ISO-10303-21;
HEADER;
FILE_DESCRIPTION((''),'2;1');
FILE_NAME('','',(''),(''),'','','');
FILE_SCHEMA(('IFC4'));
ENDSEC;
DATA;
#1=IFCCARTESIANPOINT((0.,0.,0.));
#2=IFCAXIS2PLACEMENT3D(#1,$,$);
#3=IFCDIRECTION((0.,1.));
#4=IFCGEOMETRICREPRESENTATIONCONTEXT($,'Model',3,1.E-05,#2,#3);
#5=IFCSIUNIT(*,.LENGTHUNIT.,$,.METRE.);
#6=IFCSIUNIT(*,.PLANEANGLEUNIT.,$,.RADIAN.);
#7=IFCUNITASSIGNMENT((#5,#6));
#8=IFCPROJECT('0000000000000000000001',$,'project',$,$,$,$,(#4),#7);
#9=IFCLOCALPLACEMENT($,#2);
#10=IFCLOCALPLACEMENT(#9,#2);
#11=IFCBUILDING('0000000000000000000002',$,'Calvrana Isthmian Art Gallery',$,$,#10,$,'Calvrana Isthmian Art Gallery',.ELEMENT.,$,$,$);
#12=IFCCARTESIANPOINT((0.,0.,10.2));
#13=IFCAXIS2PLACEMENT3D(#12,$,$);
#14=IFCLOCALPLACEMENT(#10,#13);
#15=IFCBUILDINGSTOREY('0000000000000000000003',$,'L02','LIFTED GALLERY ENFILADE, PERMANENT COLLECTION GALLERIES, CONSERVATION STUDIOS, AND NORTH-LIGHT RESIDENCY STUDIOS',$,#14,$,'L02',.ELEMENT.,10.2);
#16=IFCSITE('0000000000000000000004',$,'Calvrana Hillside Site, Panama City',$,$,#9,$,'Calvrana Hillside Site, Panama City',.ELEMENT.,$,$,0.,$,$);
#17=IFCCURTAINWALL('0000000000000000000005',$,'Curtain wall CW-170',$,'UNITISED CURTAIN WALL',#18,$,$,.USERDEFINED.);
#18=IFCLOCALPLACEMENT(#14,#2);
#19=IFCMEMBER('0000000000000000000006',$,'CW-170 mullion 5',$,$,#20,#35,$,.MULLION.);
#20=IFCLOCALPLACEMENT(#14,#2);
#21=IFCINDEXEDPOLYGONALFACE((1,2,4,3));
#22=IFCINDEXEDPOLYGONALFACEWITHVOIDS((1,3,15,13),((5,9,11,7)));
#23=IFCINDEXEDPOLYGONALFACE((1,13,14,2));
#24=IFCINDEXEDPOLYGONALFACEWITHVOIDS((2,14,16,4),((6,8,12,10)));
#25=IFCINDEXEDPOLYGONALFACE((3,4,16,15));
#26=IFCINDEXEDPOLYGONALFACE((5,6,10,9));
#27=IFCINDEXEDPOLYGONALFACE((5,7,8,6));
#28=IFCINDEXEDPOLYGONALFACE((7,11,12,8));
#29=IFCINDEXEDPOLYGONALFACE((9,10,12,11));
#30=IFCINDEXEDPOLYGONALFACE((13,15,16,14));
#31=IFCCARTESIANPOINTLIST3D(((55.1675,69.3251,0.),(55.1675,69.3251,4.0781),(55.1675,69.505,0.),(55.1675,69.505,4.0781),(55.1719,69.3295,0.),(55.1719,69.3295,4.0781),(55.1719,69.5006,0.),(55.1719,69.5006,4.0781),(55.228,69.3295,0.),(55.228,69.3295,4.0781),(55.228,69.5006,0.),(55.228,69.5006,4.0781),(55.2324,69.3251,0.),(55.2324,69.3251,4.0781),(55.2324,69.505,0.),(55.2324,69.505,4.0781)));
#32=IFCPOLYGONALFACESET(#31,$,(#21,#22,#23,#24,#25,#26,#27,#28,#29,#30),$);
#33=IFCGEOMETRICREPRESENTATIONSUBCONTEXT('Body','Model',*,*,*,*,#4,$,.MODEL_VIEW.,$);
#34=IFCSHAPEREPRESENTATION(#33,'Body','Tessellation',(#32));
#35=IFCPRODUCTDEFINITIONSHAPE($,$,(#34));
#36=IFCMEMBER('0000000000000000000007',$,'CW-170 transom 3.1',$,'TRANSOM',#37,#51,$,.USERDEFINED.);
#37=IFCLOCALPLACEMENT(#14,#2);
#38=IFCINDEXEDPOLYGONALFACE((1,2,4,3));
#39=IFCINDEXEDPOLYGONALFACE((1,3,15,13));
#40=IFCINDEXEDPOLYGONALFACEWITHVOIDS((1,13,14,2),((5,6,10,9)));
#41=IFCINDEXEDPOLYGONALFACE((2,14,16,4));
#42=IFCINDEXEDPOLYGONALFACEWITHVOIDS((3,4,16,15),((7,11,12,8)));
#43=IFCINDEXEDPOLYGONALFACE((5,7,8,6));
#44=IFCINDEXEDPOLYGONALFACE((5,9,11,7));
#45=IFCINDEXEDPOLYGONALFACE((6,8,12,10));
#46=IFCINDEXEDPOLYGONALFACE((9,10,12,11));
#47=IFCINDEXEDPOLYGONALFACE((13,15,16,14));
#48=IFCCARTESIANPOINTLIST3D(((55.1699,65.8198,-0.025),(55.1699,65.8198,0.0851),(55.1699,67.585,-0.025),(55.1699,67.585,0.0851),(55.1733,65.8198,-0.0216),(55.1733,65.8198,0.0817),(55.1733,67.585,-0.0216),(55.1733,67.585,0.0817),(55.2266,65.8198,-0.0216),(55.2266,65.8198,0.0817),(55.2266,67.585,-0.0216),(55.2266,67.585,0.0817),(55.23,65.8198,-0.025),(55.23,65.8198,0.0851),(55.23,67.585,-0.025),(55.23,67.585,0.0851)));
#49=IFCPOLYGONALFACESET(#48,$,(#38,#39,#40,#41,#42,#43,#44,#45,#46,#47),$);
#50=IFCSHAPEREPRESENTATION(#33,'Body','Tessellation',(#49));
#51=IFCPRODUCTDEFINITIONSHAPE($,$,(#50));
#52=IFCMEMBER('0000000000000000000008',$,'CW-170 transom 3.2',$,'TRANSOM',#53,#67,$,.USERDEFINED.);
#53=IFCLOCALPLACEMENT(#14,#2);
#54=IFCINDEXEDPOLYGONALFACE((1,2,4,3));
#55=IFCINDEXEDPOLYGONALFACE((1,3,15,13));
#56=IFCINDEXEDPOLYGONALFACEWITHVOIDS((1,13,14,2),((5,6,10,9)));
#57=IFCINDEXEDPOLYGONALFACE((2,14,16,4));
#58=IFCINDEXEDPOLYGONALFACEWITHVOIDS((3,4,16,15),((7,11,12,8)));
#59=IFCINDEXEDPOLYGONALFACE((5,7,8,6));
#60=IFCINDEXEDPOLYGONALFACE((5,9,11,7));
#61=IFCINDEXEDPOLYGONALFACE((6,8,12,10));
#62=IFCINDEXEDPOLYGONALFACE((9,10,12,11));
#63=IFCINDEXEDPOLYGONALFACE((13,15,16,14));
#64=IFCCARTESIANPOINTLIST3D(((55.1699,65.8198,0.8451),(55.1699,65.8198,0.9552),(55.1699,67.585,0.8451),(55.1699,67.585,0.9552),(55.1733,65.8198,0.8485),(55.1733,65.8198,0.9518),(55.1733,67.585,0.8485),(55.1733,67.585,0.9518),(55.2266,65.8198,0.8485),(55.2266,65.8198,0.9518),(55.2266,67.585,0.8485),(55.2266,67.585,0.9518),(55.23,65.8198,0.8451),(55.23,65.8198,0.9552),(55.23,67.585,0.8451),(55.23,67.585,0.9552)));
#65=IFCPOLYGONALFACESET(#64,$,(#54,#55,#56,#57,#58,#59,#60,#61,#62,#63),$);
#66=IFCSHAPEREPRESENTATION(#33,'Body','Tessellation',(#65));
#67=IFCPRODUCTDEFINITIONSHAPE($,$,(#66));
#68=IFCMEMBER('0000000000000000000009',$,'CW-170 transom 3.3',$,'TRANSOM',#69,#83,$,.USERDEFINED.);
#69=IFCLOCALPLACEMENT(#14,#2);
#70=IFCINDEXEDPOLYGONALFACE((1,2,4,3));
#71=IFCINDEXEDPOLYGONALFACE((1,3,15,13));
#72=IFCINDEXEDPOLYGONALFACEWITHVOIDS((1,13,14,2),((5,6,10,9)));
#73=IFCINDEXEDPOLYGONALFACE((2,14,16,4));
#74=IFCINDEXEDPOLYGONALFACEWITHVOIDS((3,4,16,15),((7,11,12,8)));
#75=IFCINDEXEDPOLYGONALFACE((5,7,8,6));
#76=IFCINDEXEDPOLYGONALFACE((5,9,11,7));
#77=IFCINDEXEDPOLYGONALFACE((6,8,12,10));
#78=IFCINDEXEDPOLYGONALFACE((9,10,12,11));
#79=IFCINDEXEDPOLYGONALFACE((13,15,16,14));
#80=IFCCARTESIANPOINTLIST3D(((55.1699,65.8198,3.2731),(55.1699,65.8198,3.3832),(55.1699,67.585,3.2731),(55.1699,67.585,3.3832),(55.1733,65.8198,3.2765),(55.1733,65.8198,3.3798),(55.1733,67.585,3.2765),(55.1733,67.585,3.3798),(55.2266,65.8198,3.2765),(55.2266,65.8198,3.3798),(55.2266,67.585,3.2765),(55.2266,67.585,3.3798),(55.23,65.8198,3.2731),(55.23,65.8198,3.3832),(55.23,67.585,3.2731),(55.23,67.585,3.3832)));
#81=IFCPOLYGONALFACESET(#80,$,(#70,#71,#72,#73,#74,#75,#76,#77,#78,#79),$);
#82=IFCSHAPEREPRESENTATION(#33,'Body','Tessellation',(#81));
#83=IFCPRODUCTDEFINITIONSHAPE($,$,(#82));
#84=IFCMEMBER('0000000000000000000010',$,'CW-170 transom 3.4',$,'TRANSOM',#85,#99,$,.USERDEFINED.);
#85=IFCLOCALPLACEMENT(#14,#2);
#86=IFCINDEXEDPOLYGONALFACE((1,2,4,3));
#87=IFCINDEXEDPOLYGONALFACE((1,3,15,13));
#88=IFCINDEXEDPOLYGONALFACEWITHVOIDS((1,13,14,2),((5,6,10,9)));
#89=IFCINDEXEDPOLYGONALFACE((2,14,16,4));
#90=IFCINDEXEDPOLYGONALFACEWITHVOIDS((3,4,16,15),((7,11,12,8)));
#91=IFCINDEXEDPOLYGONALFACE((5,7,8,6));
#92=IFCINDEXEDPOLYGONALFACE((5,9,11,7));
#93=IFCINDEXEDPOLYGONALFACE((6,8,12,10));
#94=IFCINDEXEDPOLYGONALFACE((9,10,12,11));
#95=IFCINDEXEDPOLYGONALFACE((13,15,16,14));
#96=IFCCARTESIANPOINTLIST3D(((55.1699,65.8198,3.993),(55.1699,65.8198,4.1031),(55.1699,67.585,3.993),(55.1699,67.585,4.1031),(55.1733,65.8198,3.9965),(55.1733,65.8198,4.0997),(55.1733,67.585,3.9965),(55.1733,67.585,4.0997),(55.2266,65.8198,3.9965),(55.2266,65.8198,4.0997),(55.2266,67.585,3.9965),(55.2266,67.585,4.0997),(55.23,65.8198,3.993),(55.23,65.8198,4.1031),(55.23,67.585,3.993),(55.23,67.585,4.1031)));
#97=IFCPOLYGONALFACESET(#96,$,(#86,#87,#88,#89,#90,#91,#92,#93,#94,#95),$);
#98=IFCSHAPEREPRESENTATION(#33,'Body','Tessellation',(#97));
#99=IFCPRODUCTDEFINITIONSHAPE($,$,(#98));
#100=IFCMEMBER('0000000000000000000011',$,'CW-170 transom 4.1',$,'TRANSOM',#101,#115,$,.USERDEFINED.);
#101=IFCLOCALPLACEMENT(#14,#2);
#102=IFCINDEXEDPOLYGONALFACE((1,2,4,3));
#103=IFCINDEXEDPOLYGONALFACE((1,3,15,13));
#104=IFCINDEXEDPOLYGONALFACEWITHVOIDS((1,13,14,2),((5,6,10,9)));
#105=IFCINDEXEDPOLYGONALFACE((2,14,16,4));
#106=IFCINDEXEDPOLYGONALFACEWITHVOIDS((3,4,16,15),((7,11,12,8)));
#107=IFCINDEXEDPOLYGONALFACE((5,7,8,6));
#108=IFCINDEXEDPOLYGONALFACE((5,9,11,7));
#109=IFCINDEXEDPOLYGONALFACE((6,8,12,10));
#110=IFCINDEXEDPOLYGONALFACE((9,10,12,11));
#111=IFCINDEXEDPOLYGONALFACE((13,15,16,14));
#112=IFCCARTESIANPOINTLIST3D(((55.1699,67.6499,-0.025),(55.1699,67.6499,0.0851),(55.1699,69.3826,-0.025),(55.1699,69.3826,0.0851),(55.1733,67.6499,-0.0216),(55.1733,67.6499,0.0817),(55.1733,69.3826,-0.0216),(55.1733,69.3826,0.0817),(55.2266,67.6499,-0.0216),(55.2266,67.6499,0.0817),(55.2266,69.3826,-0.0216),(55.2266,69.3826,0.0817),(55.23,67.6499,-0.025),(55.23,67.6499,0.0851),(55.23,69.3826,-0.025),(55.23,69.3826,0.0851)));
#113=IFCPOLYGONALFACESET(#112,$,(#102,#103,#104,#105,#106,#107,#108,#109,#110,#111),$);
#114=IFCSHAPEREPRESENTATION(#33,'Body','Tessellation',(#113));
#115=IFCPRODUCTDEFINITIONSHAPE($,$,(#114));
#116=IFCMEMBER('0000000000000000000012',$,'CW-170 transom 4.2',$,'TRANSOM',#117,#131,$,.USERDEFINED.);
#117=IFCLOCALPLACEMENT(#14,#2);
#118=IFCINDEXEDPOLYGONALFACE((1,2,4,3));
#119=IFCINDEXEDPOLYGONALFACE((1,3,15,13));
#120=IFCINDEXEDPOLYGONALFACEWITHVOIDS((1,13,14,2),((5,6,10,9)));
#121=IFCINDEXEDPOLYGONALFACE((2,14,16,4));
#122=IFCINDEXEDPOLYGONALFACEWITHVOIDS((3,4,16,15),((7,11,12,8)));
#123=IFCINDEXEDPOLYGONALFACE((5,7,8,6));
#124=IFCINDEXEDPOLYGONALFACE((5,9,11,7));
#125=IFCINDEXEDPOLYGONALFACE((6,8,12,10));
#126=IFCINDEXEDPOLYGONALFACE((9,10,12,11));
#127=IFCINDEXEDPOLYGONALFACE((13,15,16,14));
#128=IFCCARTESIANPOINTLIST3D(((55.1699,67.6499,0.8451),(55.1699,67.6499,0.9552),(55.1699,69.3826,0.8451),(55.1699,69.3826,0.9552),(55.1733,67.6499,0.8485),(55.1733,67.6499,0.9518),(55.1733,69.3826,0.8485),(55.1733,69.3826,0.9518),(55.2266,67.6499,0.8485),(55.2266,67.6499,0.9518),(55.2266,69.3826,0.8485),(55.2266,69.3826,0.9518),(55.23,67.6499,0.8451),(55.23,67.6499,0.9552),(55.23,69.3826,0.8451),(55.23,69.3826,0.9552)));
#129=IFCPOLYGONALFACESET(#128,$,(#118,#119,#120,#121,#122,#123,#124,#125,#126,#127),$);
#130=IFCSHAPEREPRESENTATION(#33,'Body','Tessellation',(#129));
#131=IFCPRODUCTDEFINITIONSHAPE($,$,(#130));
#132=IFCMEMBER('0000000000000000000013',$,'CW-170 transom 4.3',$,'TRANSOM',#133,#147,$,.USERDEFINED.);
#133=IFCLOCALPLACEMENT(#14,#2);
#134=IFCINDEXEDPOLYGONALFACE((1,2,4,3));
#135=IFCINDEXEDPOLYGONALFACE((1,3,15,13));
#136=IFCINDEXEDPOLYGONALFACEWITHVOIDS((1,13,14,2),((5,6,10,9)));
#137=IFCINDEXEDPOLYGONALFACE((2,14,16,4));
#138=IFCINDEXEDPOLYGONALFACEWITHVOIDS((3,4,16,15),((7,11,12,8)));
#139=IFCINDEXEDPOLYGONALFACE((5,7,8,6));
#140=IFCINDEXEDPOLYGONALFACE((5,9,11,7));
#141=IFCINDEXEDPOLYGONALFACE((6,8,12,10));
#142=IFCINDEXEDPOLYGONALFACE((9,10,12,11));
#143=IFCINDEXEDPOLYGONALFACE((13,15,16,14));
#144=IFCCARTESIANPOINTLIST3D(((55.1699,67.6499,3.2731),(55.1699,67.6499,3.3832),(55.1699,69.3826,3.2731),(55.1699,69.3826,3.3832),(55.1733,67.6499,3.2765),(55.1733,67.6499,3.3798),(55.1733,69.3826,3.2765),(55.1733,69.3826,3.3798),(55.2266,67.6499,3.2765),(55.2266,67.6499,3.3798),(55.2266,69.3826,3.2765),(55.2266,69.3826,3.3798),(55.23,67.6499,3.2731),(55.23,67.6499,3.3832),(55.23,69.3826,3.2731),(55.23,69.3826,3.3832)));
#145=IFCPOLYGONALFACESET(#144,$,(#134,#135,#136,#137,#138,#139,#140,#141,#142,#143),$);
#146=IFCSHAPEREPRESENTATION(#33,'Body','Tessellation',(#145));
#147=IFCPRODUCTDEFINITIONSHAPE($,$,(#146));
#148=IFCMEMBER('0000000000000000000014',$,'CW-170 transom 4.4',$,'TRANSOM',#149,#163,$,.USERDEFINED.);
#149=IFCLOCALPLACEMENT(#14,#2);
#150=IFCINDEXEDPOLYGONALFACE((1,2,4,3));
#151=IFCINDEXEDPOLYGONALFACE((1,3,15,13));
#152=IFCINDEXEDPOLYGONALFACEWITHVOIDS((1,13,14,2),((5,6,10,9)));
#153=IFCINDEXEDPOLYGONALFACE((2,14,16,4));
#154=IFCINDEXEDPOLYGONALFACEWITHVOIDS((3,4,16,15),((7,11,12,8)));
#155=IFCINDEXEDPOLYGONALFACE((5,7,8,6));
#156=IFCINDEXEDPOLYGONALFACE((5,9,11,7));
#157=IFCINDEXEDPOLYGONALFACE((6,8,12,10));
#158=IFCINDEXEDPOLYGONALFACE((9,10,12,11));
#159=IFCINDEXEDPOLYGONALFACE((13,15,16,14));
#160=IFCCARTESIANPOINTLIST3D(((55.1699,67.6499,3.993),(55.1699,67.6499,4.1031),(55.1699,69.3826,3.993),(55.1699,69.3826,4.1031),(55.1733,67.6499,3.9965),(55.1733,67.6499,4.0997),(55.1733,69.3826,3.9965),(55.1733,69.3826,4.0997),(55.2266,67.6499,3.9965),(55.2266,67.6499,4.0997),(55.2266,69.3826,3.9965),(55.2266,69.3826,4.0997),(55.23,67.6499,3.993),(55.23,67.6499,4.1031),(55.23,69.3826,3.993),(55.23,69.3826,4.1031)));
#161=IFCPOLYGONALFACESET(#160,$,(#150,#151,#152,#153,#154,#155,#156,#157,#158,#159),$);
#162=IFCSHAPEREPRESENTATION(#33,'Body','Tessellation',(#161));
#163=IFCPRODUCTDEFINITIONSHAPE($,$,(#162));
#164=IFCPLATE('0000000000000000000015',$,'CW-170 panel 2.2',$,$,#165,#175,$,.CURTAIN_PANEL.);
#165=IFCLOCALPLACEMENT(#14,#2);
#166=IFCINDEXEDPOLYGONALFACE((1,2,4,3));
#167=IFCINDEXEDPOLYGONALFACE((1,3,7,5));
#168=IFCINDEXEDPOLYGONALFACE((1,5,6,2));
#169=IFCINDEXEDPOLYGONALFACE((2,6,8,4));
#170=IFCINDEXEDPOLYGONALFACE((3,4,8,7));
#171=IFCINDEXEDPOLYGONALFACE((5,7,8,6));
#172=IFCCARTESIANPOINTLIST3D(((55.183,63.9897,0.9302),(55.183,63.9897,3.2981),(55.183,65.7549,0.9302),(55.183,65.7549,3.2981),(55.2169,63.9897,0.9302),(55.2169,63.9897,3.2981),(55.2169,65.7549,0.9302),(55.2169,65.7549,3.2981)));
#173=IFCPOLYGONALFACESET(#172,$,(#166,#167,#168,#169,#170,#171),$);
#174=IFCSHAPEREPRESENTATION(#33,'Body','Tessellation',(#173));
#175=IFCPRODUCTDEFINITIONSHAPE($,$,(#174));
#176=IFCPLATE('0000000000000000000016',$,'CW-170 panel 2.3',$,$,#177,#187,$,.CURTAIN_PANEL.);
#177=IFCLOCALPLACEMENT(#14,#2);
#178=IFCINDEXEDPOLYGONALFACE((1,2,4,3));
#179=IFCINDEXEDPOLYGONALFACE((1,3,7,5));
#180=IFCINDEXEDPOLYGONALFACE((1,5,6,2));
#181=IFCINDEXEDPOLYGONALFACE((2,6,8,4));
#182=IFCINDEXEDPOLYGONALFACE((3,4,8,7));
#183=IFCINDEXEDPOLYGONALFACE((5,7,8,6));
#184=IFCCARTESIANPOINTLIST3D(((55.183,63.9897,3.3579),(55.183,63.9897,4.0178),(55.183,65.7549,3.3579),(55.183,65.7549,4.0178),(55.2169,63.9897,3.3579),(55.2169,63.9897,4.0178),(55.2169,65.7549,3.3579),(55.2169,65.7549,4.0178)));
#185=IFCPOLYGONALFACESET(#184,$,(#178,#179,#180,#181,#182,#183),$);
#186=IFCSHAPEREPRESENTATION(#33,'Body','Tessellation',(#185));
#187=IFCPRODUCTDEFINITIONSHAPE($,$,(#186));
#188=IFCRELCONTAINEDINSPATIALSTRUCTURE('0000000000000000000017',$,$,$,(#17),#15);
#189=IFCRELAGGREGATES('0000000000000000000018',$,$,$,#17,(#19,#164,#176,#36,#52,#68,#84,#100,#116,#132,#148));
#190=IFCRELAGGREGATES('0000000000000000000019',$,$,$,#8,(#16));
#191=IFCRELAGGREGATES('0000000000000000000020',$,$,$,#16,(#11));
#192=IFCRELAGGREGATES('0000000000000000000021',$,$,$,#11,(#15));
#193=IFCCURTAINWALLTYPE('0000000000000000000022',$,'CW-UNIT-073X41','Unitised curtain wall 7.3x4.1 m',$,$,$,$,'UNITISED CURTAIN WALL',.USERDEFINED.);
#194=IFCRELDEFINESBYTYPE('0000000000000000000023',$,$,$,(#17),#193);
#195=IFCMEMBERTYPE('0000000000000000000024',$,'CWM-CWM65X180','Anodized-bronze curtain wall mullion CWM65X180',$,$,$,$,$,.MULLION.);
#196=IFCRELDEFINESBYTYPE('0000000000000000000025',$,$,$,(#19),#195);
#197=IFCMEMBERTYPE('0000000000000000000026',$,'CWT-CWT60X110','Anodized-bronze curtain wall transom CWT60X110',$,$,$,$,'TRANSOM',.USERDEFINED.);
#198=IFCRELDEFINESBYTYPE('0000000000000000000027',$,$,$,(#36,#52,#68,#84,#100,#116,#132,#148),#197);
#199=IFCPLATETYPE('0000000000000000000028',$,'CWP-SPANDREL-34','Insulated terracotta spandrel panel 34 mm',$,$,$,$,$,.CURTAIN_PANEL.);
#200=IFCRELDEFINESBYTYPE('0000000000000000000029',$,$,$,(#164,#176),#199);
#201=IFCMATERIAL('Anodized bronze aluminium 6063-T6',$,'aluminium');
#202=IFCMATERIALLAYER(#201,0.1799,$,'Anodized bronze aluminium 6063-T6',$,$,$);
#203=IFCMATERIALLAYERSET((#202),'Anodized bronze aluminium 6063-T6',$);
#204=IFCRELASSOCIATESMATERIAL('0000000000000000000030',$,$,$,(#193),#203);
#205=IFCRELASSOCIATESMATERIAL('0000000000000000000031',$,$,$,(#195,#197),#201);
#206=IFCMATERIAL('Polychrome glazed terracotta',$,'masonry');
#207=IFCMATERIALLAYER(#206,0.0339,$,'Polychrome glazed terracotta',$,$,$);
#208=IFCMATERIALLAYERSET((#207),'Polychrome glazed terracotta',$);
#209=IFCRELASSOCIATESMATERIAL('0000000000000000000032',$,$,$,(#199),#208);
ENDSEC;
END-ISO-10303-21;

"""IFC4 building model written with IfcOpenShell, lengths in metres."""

from ifc_helpers import new_model, si_unit, direction, frame, origin, origin_2d, place, context, subcontext, project, spatial, rectangle, hollow_rectangle, extrude, material, layer, layer_set, material_profile, profile_set, type_object, element, aggregate, save


model = new_model("IFC4")

# Units and contexts
model_context = context("Model", 3, precision=1e-05, world=origin(), true_north=direction((0.0, 1.0)))
body_context = subcontext(model_context, "Body", "Model", "MODEL_VIEW")
ifc_project = project(units=[si_unit("LENGTHUNIT", "METRE"), si_unit("PLANEANGLEUNIT", "RADIAN")], contexts=[model_context])

# Site, building, storey
site_placement = place(None, origin())
site = spatial("IfcSite", under=ifc_project, at=site_placement, Name="Calvrana Hillside Site, Panama City", LongName="Calvrana Hillside Site, Panama City", CompositionType="ELEMENT", RefElevation=0.0)
building_placement = place(site_placement, origin())
building = spatial("IfcBuilding", under=site, at=building_placement, Name="Calvrana Isthmian Art Gallery", LongName="Calvrana Isthmian Art Gallery", CompositionType="ELEMENT")
storey_placement = place(building_placement, frame((0.0, 0.0, 10.2)))
storey = spatial("IfcBuildingStorey", under=building, at=storey_placement, Name="L02", Description="LIFTED GALLERY ENFILADE, PERMANENT COLLECTION GALLERIES, CONSERVATION STUDIOS, AND NORTH-LIGHT RESIDENCY STUDIOS", LongName="L02", CompositionType="ELEMENT", Elevation=10.2)

# Curtain wall, members, plates
ifc_material_1 = material(Name="Anodized bronze aluminium 6063-T6", Category="aluminium")
ifc_layer_1 = layer(ifc_material_1, 0.1799, Name="Anodized bronze aluminium 6063-T6")
ifc_layer_set_1 = layer_set([ifc_layer_1], Name="Anodized bronze aluminium 6063-T6")
curtain_wall_type = type_object("IfcCurtainWallType", Name="CW-UNIT-073X41", Description="Unitised curtain wall 7.3x4.1 m", ElementType="UNITISED CURTAIN WALL", PredefinedType="USERDEFINED", material=ifc_layer_set_1)
curtain_wall_placement = place(storey_placement, origin())
curtain_wall = element("IfcCurtainWall", 1, at=curtain_wall_placement, inside=storey, type_object=curtain_wall_type, Name="Curtain wall CW-170", ObjectType="UNITISED CURTAIN WALL", PredefinedType="USERDEFINED")
ifc_material_profile_1 = material_profile(ifc_material_1, hollow_rectangle(XDim=0.0649, YDim=0.1799, WallThickness=0.0044, at=origin_2d()), Name="CWM65X180")
ifc_profile_set_1 = profile_set([ifc_material_profile_1], Name="Anodized bronze aluminium 6063-T6")
member_type_1 = type_object("IfcMemberType", Name="CWM-CWM65X180", Description="Anodized-bronze curtain wall mullion CWM65X180", PredefinedType="MULLION", material=ifc_profile_set_1)
member_1_placement = place(storey_placement, frame((55.2, 69.415, 0.0), z_axis=(0.0, 0.0, 1.0), x_axis=(-1.0, 0.0, 0.0)))
member_1 = element("IfcMember", 2, at=member_1_placement, type_object=member_type_1, Name="CW-170 mullion 5", PredefinedType="MULLION", context=body_context, shape_type="SweptSolid", body=[
    extrude(hollow_rectangle(XDim=0.0649, YDim=0.1799, WallThickness=0.0044, at=origin_2d()), origin(), (0.0, 0.0, 1.0), 4.0781),
])
ifc_material_profile_2 = material_profile(ifc_material_1, hollow_rectangle(XDim=0.0601, YDim=0.1101, WallThickness=0.0034, at=origin_2d()), Name="CWT60X110")
ifc_profile_set_2 = profile_set([ifc_material_profile_2], Name="Anodized bronze aluminium 6063-T6")
member_type_2 = type_object("IfcMemberType", Name="CWT-CWT60X110", Description="Anodized-bronze curtain wall transom CWT60X110", ElementType="TRANSOM", PredefinedType="USERDEFINED", material=ifc_profile_set_2)
member_2_placement = place(storey_placement, frame((55.2, 65.8198, 0.03), z_axis=(0.0, 1.0, 0.0), x_axis=(-1.0, 0.0, 0.0)))
member_2 = element("IfcMember", 3, at=member_2_placement, type_object=member_type_2, Name="CW-170 transom 3.1", ObjectType="TRANSOM", PredefinedType="USERDEFINED", context=body_context, shape_type="SweptSolid", body=[
    extrude(hollow_rectangle(XDim=0.0601, YDim=0.1101, WallThickness=0.0034, at=origin_2d()), origin(), (0.0, 0.0, 1.0), 1.7651),
])
member_3_placement = place(storey_placement, frame((55.2, 65.8198, 0.9001), z_axis=(0.0, 1.0, 0.0), x_axis=(-1.0, 0.0, 0.0)))
member_3 = element("IfcMember", 4, at=member_3_placement, type_object=member_type_2, Name="CW-170 transom 3.2", ObjectType="TRANSOM", PredefinedType="USERDEFINED", context=body_context, shape_type="SweptSolid", body=[
    extrude(hollow_rectangle(XDim=0.0601, YDim=0.1101, WallThickness=0.0034, at=origin_2d()), origin(), (0.0, 0.0, 1.0), 1.7651),
])
member_4_placement = place(storey_placement, frame((55.2, 65.8198, 3.3281), z_axis=(0.0, 1.0, 0.0), x_axis=(-1.0, 0.0, 0.0)))
member_4 = element("IfcMember", 5, at=member_4_placement, type_object=member_type_2, Name="CW-170 transom 3.3", ObjectType="TRANSOM", PredefinedType="USERDEFINED", context=body_context, shape_type="SweptSolid", body=[
    extrude(hollow_rectangle(XDim=0.0601, YDim=0.1101, WallThickness=0.0034, at=origin_2d()), origin(), (0.0, 0.0, 1.0), 1.7651),
])
member_5_placement = place(storey_placement, frame((55.2, 65.8198, 4.0481), z_axis=(0.0, 1.0, 0.0), x_axis=(-1.0, 0.0, 0.0)))
member_5 = element("IfcMember", 6, at=member_5_placement, type_object=member_type_2, Name="CW-170 transom 3.4", ObjectType="TRANSOM", PredefinedType="USERDEFINED", context=body_context, shape_type="SweptSolid", body=[
    extrude(hollow_rectangle(XDim=0.0601, YDim=0.1101, WallThickness=0.0034, at=origin_2d()), origin(), (0.0, 0.0, 1.0), 1.7651),
])
member_6_placement = place(storey_placement, frame((55.2, 67.6499, 0.03), z_axis=(0.0, 1.0, 0.0), x_axis=(-1.0, 0.0, 0.0)))
member_6 = element("IfcMember", 7, at=member_6_placement, type_object=member_type_2, Name="CW-170 transom 4.1", ObjectType="TRANSOM", PredefinedType="USERDEFINED", context=body_context, shape_type="SweptSolid", body=[
    extrude(hollow_rectangle(XDim=0.0601, YDim=0.1101, WallThickness=0.0034, at=origin_2d()), origin(), (0.0, 0.0, 1.0), 1.7327),
])
member_7_placement = place(storey_placement, frame((55.2, 67.6499, 0.9001), z_axis=(0.0, 1.0, 0.0), x_axis=(-1.0, 0.0, 0.0)))
member_7 = element("IfcMember", 8, at=member_7_placement, type_object=member_type_2, Name="CW-170 transom 4.2", ObjectType="TRANSOM", PredefinedType="USERDEFINED", context=body_context, shape_type="SweptSolid", body=[
    extrude(hollow_rectangle(XDim=0.0601, YDim=0.1101, WallThickness=0.0034, at=origin_2d()), origin(), (0.0, 0.0, 1.0), 1.7327),
])
member_8_placement = place(storey_placement, frame((55.2, 67.6499, 3.3281), z_axis=(0.0, 1.0, 0.0), x_axis=(-1.0, 0.0, 0.0)))
member_8 = element("IfcMember", 9, at=member_8_placement, type_object=member_type_2, Name="CW-170 transom 4.3", ObjectType="TRANSOM", PredefinedType="USERDEFINED", context=body_context, shape_type="SweptSolid", body=[
    extrude(hollow_rectangle(XDim=0.0601, YDim=0.1101, WallThickness=0.0034, at=origin_2d()), origin(), (0.0, 0.0, 1.0), 1.7327),
])
member_9_placement = place(storey_placement, frame((55.2, 67.6499, 4.0481), z_axis=(0.0, 1.0, 0.0), x_axis=(-1.0, 0.0, 0.0)))
member_9 = element("IfcMember", 10, at=member_9_placement, type_object=member_type_2, Name="CW-170 transom 4.4", ObjectType="TRANSOM", PredefinedType="USERDEFINED", context=body_context, shape_type="SweptSolid", body=[
    extrude(hollow_rectangle(XDim=0.0601, YDim=0.1101, WallThickness=0.0034, at=origin_2d()), origin(), (0.0, 0.0, 1.0), 1.7327),
])
ifc_material_2 = material(Name="Polychrome glazed terracotta", Category="masonry")
ifc_layer_2 = layer(ifc_material_2, 0.0339, Name="Polychrome glazed terracotta")
ifc_layer_set_2 = layer_set([ifc_layer_2], Name="Polychrome glazed terracotta")
plate_type_1 = type_object("IfcPlateType", Name="CWP-SPANDREL-34", Description="Insulated terracotta spandrel panel 34 mm", PredefinedType="CURTAIN_PANEL", material=ifc_layer_set_2)
plate_1_placement = place(storey_placement, frame((55.2, 64.8723, 0.9302), z_axis=(0.0, 0.0, 1.0), x_axis=(0.0, 1.0, 0.0)))
plate_1 = element("IfcPlate", 11, at=plate_1_placement, type_object=plate_type_1, Name="CW-170 panel 2.2", PredefinedType="CURTAIN_PANEL", context=body_context, shape_type="SweptSolid", body=[
    extrude(rectangle(XDim=1.7651, YDim=0.0339, at=origin_2d()), origin(), (0.0, 0.0, 1.0), 2.3679),
])
plate_2_placement = place(storey_placement, frame((55.2, 64.8723, 3.3579), z_axis=(0.0, 0.0, 1.0), x_axis=(0.0, 1.0, 0.0)))
plate_2 = element("IfcPlate", 12, at=plate_2_placement, type_object=plate_type_1, Name="CW-170 panel 2.3", PredefinedType="CURTAIN_PANEL", context=body_context, shape_type="SweptSolid", body=[
    extrude(rectangle(XDim=1.7651, YDim=0.0339, at=origin_2d()), origin(), (0.0, 0.0, 1.0), 0.6599),
])
aggregate(curtain_wall, [member_1, plate_1, plate_2, member_2, member_3, member_4, member_5, member_6, member_7, member_8, member_9])

save(model, "model.ifc")
